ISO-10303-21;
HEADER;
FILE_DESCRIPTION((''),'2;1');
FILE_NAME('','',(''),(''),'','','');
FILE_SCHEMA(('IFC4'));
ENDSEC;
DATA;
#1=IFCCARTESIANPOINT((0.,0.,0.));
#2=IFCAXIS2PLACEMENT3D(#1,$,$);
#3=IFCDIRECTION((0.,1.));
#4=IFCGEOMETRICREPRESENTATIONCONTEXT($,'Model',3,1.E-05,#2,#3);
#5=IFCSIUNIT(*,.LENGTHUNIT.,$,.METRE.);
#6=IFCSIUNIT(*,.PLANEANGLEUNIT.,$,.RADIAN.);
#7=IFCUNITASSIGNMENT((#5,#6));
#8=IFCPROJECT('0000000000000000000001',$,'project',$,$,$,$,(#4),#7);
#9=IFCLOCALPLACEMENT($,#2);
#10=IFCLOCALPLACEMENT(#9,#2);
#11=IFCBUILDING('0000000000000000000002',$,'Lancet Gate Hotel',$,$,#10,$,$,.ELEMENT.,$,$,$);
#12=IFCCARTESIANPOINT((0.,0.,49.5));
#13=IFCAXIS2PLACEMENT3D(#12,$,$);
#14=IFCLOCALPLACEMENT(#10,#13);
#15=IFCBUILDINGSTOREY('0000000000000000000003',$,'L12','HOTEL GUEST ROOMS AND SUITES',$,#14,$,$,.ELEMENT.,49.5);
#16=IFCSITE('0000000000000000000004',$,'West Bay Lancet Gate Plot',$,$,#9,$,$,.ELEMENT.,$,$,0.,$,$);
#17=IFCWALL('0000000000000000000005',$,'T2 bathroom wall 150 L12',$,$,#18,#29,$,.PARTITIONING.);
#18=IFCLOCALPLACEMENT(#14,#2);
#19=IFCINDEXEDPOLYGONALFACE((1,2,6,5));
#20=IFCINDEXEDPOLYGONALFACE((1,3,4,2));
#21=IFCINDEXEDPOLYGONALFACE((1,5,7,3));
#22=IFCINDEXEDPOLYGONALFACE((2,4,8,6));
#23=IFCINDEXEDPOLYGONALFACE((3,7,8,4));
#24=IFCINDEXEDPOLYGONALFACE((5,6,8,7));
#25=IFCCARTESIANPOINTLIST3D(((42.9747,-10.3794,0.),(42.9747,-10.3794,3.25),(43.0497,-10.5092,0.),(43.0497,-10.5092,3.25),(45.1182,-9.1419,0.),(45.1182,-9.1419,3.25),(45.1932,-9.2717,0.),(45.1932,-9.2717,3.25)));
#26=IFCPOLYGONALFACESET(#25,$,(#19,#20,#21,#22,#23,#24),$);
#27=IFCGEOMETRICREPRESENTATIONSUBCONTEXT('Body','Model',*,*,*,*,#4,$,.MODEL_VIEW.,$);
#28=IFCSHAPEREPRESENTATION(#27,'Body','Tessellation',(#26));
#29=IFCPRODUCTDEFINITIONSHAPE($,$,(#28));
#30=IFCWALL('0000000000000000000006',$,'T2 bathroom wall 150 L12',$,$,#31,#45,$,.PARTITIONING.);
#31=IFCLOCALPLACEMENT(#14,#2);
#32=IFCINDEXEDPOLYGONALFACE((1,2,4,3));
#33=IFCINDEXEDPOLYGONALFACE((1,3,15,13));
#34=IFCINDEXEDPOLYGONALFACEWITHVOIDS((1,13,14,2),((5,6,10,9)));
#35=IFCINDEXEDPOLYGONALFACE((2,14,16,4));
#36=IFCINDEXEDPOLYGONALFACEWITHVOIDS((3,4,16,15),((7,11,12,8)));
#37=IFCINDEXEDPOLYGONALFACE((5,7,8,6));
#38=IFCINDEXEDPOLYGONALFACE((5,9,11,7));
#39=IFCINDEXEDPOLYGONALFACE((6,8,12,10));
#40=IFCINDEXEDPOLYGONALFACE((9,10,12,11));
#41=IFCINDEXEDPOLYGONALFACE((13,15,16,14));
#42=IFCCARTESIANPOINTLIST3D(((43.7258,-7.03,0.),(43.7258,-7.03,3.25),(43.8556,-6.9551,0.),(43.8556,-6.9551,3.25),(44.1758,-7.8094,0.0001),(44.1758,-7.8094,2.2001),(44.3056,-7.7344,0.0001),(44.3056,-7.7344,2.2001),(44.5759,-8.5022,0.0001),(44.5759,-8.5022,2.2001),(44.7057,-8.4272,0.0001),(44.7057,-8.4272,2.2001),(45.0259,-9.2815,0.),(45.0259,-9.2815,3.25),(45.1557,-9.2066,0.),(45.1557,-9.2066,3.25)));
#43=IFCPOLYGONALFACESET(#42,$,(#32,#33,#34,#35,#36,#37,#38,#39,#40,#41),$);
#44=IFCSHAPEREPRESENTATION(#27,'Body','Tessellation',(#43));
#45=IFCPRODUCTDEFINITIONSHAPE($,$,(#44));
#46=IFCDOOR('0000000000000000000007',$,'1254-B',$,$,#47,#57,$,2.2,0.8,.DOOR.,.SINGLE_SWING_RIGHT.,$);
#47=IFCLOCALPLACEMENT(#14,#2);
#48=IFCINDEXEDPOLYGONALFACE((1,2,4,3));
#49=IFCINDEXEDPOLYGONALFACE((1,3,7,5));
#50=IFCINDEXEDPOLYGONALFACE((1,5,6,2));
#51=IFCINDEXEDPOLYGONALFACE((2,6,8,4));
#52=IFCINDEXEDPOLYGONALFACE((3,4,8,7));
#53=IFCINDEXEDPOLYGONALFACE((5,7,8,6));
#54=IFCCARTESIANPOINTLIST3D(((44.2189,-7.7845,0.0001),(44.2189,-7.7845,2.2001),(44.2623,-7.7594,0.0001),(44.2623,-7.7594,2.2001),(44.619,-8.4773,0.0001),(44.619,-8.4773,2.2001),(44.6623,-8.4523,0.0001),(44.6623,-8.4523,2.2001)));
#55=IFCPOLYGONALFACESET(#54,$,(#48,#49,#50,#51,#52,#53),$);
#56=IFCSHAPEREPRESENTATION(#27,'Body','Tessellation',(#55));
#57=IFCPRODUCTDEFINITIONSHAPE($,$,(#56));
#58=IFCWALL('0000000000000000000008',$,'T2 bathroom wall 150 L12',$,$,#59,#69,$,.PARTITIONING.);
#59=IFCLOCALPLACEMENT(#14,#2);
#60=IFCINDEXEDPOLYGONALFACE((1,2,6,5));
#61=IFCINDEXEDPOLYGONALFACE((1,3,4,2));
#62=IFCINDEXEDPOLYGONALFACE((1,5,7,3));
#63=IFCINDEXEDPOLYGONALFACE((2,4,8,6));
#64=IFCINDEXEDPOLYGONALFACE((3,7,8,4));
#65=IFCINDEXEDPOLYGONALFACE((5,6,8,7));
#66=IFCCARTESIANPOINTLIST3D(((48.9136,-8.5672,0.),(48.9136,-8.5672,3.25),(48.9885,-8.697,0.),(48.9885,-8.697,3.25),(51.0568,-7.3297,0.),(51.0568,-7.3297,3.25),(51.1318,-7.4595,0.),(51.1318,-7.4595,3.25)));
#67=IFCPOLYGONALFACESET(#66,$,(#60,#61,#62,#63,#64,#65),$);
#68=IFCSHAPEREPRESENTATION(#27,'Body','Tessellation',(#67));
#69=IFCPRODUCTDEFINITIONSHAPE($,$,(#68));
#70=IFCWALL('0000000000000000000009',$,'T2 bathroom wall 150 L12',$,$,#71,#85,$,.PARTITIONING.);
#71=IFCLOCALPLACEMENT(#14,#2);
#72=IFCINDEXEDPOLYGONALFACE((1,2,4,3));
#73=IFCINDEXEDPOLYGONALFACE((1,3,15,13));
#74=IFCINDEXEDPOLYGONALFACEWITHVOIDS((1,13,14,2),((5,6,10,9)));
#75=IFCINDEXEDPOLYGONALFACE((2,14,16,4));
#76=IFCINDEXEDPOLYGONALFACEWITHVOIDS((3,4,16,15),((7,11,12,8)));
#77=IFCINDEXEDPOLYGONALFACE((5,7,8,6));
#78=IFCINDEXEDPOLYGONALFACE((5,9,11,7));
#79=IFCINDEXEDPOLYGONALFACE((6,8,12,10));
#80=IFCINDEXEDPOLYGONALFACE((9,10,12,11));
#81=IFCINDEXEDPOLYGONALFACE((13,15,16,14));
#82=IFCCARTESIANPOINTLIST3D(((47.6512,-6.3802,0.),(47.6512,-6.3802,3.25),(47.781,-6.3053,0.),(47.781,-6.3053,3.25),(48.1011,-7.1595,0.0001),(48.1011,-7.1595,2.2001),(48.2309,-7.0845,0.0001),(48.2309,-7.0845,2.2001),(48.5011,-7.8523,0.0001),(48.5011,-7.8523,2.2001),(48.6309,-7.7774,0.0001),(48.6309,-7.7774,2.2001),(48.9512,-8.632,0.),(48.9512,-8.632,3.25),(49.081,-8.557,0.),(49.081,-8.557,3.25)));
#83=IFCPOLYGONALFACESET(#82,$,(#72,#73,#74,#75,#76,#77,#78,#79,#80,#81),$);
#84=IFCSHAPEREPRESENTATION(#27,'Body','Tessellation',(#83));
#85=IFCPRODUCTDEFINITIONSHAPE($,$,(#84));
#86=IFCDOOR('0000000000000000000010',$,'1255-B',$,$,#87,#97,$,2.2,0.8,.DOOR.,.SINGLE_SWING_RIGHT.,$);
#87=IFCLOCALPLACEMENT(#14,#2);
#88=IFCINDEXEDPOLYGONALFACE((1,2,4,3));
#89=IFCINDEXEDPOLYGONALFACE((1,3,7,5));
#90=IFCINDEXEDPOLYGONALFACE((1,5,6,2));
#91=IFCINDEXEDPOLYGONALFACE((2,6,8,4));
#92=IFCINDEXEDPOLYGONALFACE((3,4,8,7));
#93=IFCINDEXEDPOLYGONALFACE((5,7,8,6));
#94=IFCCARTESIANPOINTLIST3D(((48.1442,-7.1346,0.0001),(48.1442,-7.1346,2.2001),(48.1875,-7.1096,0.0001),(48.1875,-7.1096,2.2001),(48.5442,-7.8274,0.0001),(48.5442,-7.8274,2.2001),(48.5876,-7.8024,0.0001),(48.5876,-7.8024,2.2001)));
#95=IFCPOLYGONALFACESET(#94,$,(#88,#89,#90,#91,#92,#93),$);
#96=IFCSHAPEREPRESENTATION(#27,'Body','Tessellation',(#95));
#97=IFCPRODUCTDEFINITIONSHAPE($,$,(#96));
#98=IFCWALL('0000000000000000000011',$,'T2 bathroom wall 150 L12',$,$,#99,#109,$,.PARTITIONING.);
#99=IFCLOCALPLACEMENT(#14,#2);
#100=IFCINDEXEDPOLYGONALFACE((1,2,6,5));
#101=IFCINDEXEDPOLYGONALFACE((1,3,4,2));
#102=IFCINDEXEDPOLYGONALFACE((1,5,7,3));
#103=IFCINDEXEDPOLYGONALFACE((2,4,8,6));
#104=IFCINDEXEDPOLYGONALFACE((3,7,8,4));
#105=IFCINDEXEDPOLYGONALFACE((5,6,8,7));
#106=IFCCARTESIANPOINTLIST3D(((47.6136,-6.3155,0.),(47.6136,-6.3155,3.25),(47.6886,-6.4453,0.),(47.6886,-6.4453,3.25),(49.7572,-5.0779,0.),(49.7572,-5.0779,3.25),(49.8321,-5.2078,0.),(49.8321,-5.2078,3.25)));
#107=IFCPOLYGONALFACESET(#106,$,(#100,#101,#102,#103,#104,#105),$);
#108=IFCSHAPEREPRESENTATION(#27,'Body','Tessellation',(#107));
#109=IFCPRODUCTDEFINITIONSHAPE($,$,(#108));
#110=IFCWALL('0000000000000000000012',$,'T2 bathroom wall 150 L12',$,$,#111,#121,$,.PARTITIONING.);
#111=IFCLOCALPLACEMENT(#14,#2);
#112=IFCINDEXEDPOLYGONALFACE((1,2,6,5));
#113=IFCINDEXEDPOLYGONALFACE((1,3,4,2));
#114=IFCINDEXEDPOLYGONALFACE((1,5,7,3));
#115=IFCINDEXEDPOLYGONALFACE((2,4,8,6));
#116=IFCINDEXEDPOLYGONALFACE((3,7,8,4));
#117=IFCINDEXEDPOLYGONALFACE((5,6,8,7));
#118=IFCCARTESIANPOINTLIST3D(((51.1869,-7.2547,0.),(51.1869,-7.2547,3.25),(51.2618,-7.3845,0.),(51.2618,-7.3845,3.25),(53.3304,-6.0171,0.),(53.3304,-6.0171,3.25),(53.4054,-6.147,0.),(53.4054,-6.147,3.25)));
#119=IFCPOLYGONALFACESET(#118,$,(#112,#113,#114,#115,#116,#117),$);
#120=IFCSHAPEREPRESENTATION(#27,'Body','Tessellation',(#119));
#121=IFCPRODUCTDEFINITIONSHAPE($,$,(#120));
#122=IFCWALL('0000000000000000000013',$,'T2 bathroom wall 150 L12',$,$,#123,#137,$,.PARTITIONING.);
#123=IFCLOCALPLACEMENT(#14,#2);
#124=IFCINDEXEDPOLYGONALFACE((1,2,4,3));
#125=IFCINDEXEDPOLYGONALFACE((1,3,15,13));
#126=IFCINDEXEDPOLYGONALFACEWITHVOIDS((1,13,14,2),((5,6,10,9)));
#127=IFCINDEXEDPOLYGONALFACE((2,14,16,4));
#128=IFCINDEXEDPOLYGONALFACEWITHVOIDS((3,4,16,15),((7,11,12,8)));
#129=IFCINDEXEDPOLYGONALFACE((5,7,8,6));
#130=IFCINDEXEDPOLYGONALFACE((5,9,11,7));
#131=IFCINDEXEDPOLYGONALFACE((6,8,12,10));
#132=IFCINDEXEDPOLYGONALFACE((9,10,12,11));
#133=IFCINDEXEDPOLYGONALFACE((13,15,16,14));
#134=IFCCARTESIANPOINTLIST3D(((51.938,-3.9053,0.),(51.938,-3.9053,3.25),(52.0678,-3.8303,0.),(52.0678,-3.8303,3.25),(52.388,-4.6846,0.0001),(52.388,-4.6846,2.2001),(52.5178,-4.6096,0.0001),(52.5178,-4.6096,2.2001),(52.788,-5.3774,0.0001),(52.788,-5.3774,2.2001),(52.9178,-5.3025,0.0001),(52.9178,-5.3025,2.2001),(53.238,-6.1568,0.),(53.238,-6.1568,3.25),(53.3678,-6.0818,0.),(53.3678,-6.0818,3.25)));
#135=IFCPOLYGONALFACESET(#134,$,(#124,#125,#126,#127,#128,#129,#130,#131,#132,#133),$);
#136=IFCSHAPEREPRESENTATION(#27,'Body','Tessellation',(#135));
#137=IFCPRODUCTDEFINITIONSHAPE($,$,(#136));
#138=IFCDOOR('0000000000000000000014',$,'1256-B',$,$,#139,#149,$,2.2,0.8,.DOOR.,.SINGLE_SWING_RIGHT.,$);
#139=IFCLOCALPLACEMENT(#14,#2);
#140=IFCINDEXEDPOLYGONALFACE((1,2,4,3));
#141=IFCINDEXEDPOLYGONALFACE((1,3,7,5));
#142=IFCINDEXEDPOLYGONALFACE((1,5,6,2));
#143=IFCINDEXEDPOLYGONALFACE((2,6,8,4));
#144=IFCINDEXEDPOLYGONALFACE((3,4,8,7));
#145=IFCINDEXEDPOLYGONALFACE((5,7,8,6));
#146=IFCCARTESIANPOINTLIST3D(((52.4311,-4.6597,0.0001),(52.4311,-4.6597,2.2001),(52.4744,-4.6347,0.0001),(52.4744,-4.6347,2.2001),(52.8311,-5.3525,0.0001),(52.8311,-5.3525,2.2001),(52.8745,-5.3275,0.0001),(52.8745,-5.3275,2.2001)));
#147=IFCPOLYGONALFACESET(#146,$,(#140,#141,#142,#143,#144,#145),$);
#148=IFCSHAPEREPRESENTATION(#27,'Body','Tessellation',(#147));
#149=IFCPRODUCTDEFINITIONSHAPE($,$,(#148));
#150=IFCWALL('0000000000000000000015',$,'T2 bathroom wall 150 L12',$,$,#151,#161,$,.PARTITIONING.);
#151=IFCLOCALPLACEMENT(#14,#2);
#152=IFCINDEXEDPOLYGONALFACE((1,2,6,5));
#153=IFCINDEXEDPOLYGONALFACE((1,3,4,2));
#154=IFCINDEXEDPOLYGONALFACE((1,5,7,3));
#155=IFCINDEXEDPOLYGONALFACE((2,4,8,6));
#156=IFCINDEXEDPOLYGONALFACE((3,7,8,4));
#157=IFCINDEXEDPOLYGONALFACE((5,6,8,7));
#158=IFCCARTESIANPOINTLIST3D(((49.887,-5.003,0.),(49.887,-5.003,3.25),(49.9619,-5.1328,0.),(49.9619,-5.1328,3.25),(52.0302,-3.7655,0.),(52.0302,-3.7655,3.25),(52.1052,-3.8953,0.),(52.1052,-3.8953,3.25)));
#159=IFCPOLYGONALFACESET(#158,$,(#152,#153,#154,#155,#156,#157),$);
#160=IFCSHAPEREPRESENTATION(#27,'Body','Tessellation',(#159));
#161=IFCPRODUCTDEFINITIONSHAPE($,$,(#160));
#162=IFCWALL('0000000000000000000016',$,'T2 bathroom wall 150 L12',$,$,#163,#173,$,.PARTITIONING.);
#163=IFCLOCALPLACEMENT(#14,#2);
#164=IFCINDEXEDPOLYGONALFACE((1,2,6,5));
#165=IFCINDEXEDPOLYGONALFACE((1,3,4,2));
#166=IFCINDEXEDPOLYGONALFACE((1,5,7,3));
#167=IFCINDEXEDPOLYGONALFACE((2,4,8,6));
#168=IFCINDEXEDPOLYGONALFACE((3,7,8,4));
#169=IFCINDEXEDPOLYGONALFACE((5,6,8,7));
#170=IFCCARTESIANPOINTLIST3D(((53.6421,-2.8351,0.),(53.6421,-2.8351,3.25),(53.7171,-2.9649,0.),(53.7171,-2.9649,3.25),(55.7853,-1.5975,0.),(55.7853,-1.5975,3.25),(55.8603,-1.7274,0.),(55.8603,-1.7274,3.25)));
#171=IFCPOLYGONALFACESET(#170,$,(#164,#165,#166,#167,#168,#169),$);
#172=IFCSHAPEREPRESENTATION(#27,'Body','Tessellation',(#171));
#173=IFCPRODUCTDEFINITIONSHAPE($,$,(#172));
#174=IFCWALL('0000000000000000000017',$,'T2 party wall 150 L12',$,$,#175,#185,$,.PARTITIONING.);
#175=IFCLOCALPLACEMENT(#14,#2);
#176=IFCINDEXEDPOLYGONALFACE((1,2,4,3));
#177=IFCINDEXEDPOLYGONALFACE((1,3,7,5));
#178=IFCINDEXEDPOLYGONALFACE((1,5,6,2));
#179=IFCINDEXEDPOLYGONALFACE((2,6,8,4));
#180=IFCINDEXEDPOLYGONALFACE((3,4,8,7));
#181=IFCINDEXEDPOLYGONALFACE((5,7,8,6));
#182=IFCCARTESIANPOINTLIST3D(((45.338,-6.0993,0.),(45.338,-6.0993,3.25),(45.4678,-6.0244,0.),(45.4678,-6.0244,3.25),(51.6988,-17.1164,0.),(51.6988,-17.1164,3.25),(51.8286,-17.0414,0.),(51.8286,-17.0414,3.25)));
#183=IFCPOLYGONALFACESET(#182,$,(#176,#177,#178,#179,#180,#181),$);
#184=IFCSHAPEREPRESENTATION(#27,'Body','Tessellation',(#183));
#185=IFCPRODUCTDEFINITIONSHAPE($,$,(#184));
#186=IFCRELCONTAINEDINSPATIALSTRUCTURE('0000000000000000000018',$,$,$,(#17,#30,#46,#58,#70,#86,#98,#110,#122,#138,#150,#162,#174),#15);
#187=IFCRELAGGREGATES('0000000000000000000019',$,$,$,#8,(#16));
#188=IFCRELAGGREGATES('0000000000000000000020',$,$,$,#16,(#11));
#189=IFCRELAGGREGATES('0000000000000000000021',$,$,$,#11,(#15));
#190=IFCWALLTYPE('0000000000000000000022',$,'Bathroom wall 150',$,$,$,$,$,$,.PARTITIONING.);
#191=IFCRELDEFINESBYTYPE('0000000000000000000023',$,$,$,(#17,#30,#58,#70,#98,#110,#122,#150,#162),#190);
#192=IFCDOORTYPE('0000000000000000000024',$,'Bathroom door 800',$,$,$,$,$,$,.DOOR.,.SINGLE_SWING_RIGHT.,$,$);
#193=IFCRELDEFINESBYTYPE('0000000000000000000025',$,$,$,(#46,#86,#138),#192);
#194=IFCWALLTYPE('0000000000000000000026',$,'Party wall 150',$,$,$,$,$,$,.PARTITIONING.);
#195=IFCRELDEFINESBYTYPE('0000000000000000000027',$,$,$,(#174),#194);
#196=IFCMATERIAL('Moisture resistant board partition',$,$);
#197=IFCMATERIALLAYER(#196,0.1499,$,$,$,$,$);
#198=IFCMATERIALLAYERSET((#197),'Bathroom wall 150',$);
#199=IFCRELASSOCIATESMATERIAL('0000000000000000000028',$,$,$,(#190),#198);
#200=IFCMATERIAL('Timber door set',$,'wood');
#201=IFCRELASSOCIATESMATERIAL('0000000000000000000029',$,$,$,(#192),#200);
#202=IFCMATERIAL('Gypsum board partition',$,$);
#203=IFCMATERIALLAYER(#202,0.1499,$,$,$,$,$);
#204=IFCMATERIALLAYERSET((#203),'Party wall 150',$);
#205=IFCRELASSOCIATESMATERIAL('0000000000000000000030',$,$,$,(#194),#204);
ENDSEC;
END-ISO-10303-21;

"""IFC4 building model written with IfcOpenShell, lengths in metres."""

from ifc_helpers import new_model, si_unit, direction, frame, frame_2d, origin, place, context, subcontext, project, spatial, rectangle, extrude, material, layer, layer_set, type_object, element, fill, save


model = new_model("IFC4")

# Units and contexts
model_context = context("Model", 3, precision=1e-05, world=origin(), true_north=direction((0.0, 1.0)))
body_context = subcontext(model_context, "Body", "Model", "MODEL_VIEW")
ifc_project = project(units=[si_unit("LENGTHUNIT", "METRE"), si_unit("PLANEANGLEUNIT", "RADIAN")], contexts=[model_context])

# Site, building, storey
site_placement = place(None, origin())
site = spatial("IfcSite", under=ifc_project, at=site_placement, Name="West Bay Lancet Gate Plot", CompositionType="ELEMENT", RefElevation=0.0)
building_placement = place(site_placement, origin())
building = spatial("IfcBuilding", under=site, at=building_placement, Name="Lancet Gate Hotel", CompositionType="ELEMENT")
storey_placement = place(building_placement, frame((0.0, 0.0, 49.5)))
storey = spatial("IfcBuildingStorey", under=building, at=storey_placement, Name="L12", Description="HOTEL GUEST ROOMS AND SUITES", CompositionType="ELEMENT", Elevation=49.5)

# Wall
ifc_material_1 = material(Name="Moisture resistant board partition")
ifc_layer_1 = layer(ifc_material_1, 0.1499)
ifc_layer_set_1 = layer_set([ifc_layer_1], Name="Bathroom wall 150")
wall_type_1 = type_object("IfcWallType", Name="Bathroom wall 150", PredefinedType="PARTITIONING", material=ifc_layer_set_1)
wall_1_placement = place(storey_placement, frame((43.0122, -10.4443, 0.0), z_axis=(0.0, 0.0, 1.0), x_axis=(0.866031, 0.49999, 0.0)))
element("IfcWall", 1, at=wall_1_placement, inside=storey, type_object=wall_type_1, Name="T2 bathroom wall 150 L12", PredefinedType="PARTITIONING", context=body_context, shape_type="SweptSolid", body=[
    extrude(rectangle(XDim=2.4751, YDim=0.1499, at=frame_2d((1.2375, 0.0))), origin(), (0.0, 0.0, 1.0), 3.25),
])

# Wall, opening, door
wall_2_placement = place(storey_placement, frame((43.7908, -6.9927, 0.0), z_axis=(0.0, 0.0, 1.0), x_axis=(0.500048, -0.865998, 0.0)))
wall_2 = element("IfcWall", 2, at=wall_2_placement, inside=storey, type_object=wall_type_1, Name="T2 bathroom wall 150 L12", PredefinedType="PARTITIONING", context=body_context, shape_type="SweptSolid", body=[
    extrude(rectangle(XDim=2.5999, YDim=0.1499, at=frame_2d((1.2998, 0.0))), origin(), (0.0, 0.0, 1.0), 3.25),
])
opening_1_placement = place(wall_2_placement, frame((0.8999, 0.0, 0.0)))
opening_1 = element("IfcOpeningElement", 3, at=opening_1_placement, cuts=wall_2, PredefinedType="OPENING", context=body_context, shape_type="SweptSolid", body=[
    extrude(rectangle(XDim=0.8, YDim=2.2, at=frame_2d((0.3999, 1.1001))), frame((0.0, 0.085, 0.0), z_axis=(0.0, -1.0, 0.0), x_axis=(1.0, 0.0, 0.0)), (0.0, 0.0, 1.0), 0.1699),
])
ifc_material_2 = material(Name="Timber door set", Category="wood")
door_type_1 = type_object("IfcDoorType", Name="Bathroom door 800", OperationType="SINGLE_SWING_RIGHT", PredefinedType="DOOR", material=ifc_material_2)
door_1_placement = place(opening_1_placement, origin())
door_1 = element("IfcDoor", 4, at=door_1_placement, inside=storey, type_object=door_type_1, Name="1254-B", OperationType="SINGLE_SWING_RIGHT", OverallHeight=2.2, OverallWidth=0.8, PredefinedType="DOOR", context=body_context, shape_type="SweptSolid", body=[
    extrude(rectangle(XDim=0.8, YDim=2.2, at=frame_2d((0.3999, 1.1001))), frame((0.0, 0.0249, 0.0), z_axis=(0.0, -1.0, 0.0), x_axis=(1.0, 0.0, 0.0)), (0.0, 0.0, 1.0), 0.05),
])
fill(opening_1, door_1)

# Wall
wall_3_placement = place(storey_placement, frame((48.9512, -8.6321, 0.0), z_axis=(0.0, 0.0, 1.0), x_axis=(0.866007, 0.500033, 0.0)))
element("IfcWall", 5, at=wall_3_placement, inside=storey, type_object=wall_type_1, Name="T2 bathroom wall 150 L12", PredefinedType="PARTITIONING", context=body_context, shape_type="SweptSolid", body=[
    extrude(rectangle(XDim=2.4749, YDim=0.1499, at=frame_2d((1.2373, 0.0))), origin(), (0.0, 0.0, 1.0), 3.25),
])

# Wall, opening, door
wall_4_placement = place(storey_placement, frame((47.7161, -6.3428, 0.0), z_axis=(0.0, 0.0, 1.0), x_axis=(0.500007, -0.866021, 0.0)))
wall_4 = element("IfcWall", 6, at=wall_4_placement, inside=storey, type_object=wall_type_1, Name="T2 bathroom wall 150 L12", PredefinedType="PARTITIONING", context=body_context, shape_type="SweptSolid", body=[
    extrude(rectangle(XDim=2.6001, YDim=0.1499, at=frame_2d((1.3, 0.0))), origin(), (0.0, 0.0, 1.0), 3.25),
])
opening_2_placement = place(wall_4_placement, frame((0.8999, 0.0, 0.0)))
opening_2 = element("IfcOpeningElement", 7, at=opening_2_placement, cuts=wall_4, PredefinedType="OPENING", context=body_context, shape_type="SweptSolid", body=[
    extrude(rectangle(XDim=0.8, YDim=2.2, at=frame_2d((0.3999, 1.1001))), frame((0.0, 0.085, 0.0), z_axis=(0.0, -1.0, 0.0), x_axis=(1.0, 0.0, 0.0)), (0.0, 0.0, 1.0), 0.1699),
])
door_2_placement = place(opening_2_placement, origin())
door_2 = element("IfcDoor", 8, at=door_2_placement, inside=storey, type_object=door_type_1, Name="1255-B", OperationType="SINGLE_SWING_RIGHT", OverallHeight=2.2, OverallWidth=0.8, PredefinedType="DOOR", context=body_context, shape_type="SweptSolid", body=[
    extrude(rectangle(XDim=0.8, YDim=2.2, at=frame_2d((0.3999, 1.1001))), frame((0.0, 0.0249, 0.0), z_axis=(0.0, -1.0, 0.0), x_axis=(1.0, 0.0, 0.0)), (0.0, 0.0, 1.0), 0.05),
])
fill(opening_2, door_2)

# Walls
for number, where, z_axis, x_axis, name in (
    (9, (47.6511, -6.3804, 0.0), (0.0, 0.0, 1.0), (0.866031, 0.49999, 0.0), "T2 bathroom wall 150 L12"),
    (10, (51.2244, -7.3196, 0.0), (0.0, 0.0, 1.0), (0.866031, 0.49999, 0.0), "T2 bathroom wall 150 L12"),
):
    element("IfcWall", number, at=place(storey_placement, frame(where, z_axis=z_axis, x_axis=x_axis)), inside=storey, type_object=wall_type_1, Name=name, PredefinedType="PARTITIONING", context=body_context, shape_type="SweptSolid", body=[
        extrude(rectangle(XDim=2.4751, YDim=0.1499, at=frame_2d((1.2375, 0.0))), origin(), (0.0, 0.0, 1.0), 3.25),
    ])

# Wall, opening, door
wall_5_placement = place(storey_placement, frame((52.0029, -3.8679, 0.0), z_axis=(0.0, 0.0, 1.0), x_axis=(0.500048, -0.865998, 0.0)))
wall_5 = element("IfcWall", 11, at=wall_5_placement, inside=storey, type_object=wall_type_1, Name="T2 bathroom wall 150 L12", PredefinedType="PARTITIONING", context=body_context, shape_type="SweptSolid", body=[
    extrude(rectangle(XDim=2.5999, YDim=0.1499, at=frame_2d((1.2998, 0.0))), origin(), (0.0, 0.0, 1.0), 3.25),
])
opening_3_placement = place(wall_5_placement, frame((0.8999, 0.0, 0.0)))
opening_3 = element("IfcOpeningElement", 12, at=opening_3_placement, cuts=wall_5, PredefinedType="OPENING", context=body_context, shape_type="SweptSolid", body=[
    extrude(rectangle(XDim=0.8, YDim=2.2, at=frame_2d((0.3999, 1.1001))), frame((0.0, 0.085, 0.0), z_axis=(0.0, -1.0, 0.0), x_axis=(1.0, 0.0, 0.0)), (0.0, 0.0, 1.0), 0.1699),
])
door_3_placement = place(opening_3_placement, origin())
door_3 = element("IfcDoor", 13, at=door_3_placement, inside=storey, type_object=door_type_1, Name="1256-B", OperationType="SINGLE_SWING_RIGHT", OverallHeight=2.2, OverallWidth=0.8, PredefinedType="DOOR", context=body_context, shape_type="SweptSolid", body=[
    extrude(rectangle(XDim=0.8, YDim=2.2, at=frame_2d((0.3999, 1.1001))), frame((0.0, 0.0249, 0.0), z_axis=(0.0, -1.0, 0.0), x_axis=(1.0, 0.0, 0.0)), (0.0, 0.0, 1.0), 0.05),
])
fill(opening_3, door_3)

# Walls
for number, where, z_axis, x_axis, name in (
    (14, (49.9246, -5.0679, 0.0), (0.0, 0.0, 1.0), (0.866007, 0.500033, 0.0), "T2 bathroom wall 150 L12"),
    (15, (53.6797, -2.8999, 0.0), (0.0, 0.0, 1.0), (0.866007, 0.500033, 0.0), "T2 bathroom wall 150 L12"),
):
    element("IfcWall", number, at=place(storey_placement, frame(where, z_axis=z_axis, x_axis=x_axis)), inside=storey, type_object=wall_type_1, Name=name, PredefinedType="PARTITIONING", context=body_context, shape_type="SweptSolid", body=[
        extrude(rectangle(XDim=2.4749, YDim=0.1499, at=frame_2d((1.2373, 0.0))), origin(), (0.0, 0.0, 1.0), 3.25),
    ])
ifc_material_3 = material(Name="Gypsum board partition")
ifc_layer_2 = layer(ifc_material_3, 0.1499)
ifc_layer_set_2 = layer_set([ifc_layer_2], Name="Party wall 150")
wall_type_2 = type_object("IfcWallType", Name="Party wall 150", PredefinedType="PARTITIONING", material=ifc_layer_set_2)
wall_6_placement = place(storey_placement, frame((45.4028, -6.0618, 0.0), z_axis=(0.0, 0.0, 1.0), x_axis=(0.500007, -0.866021, 0.0)))
element("IfcWall", 16, at=wall_6_placement, inside=storey, type_object=wall_type_2, Name="T2 party wall 150 L12", PredefinedType="PARTITIONING", context=body_context, shape_type="SweptSolid", body=[
    extrude(rectangle(XDim=12.7214, YDim=0.1499, at=frame_2d((6.3608, 0.0))), origin(), (0.0, 0.0, 1.0), 3.25),
])

save(model, "model.ifc")
